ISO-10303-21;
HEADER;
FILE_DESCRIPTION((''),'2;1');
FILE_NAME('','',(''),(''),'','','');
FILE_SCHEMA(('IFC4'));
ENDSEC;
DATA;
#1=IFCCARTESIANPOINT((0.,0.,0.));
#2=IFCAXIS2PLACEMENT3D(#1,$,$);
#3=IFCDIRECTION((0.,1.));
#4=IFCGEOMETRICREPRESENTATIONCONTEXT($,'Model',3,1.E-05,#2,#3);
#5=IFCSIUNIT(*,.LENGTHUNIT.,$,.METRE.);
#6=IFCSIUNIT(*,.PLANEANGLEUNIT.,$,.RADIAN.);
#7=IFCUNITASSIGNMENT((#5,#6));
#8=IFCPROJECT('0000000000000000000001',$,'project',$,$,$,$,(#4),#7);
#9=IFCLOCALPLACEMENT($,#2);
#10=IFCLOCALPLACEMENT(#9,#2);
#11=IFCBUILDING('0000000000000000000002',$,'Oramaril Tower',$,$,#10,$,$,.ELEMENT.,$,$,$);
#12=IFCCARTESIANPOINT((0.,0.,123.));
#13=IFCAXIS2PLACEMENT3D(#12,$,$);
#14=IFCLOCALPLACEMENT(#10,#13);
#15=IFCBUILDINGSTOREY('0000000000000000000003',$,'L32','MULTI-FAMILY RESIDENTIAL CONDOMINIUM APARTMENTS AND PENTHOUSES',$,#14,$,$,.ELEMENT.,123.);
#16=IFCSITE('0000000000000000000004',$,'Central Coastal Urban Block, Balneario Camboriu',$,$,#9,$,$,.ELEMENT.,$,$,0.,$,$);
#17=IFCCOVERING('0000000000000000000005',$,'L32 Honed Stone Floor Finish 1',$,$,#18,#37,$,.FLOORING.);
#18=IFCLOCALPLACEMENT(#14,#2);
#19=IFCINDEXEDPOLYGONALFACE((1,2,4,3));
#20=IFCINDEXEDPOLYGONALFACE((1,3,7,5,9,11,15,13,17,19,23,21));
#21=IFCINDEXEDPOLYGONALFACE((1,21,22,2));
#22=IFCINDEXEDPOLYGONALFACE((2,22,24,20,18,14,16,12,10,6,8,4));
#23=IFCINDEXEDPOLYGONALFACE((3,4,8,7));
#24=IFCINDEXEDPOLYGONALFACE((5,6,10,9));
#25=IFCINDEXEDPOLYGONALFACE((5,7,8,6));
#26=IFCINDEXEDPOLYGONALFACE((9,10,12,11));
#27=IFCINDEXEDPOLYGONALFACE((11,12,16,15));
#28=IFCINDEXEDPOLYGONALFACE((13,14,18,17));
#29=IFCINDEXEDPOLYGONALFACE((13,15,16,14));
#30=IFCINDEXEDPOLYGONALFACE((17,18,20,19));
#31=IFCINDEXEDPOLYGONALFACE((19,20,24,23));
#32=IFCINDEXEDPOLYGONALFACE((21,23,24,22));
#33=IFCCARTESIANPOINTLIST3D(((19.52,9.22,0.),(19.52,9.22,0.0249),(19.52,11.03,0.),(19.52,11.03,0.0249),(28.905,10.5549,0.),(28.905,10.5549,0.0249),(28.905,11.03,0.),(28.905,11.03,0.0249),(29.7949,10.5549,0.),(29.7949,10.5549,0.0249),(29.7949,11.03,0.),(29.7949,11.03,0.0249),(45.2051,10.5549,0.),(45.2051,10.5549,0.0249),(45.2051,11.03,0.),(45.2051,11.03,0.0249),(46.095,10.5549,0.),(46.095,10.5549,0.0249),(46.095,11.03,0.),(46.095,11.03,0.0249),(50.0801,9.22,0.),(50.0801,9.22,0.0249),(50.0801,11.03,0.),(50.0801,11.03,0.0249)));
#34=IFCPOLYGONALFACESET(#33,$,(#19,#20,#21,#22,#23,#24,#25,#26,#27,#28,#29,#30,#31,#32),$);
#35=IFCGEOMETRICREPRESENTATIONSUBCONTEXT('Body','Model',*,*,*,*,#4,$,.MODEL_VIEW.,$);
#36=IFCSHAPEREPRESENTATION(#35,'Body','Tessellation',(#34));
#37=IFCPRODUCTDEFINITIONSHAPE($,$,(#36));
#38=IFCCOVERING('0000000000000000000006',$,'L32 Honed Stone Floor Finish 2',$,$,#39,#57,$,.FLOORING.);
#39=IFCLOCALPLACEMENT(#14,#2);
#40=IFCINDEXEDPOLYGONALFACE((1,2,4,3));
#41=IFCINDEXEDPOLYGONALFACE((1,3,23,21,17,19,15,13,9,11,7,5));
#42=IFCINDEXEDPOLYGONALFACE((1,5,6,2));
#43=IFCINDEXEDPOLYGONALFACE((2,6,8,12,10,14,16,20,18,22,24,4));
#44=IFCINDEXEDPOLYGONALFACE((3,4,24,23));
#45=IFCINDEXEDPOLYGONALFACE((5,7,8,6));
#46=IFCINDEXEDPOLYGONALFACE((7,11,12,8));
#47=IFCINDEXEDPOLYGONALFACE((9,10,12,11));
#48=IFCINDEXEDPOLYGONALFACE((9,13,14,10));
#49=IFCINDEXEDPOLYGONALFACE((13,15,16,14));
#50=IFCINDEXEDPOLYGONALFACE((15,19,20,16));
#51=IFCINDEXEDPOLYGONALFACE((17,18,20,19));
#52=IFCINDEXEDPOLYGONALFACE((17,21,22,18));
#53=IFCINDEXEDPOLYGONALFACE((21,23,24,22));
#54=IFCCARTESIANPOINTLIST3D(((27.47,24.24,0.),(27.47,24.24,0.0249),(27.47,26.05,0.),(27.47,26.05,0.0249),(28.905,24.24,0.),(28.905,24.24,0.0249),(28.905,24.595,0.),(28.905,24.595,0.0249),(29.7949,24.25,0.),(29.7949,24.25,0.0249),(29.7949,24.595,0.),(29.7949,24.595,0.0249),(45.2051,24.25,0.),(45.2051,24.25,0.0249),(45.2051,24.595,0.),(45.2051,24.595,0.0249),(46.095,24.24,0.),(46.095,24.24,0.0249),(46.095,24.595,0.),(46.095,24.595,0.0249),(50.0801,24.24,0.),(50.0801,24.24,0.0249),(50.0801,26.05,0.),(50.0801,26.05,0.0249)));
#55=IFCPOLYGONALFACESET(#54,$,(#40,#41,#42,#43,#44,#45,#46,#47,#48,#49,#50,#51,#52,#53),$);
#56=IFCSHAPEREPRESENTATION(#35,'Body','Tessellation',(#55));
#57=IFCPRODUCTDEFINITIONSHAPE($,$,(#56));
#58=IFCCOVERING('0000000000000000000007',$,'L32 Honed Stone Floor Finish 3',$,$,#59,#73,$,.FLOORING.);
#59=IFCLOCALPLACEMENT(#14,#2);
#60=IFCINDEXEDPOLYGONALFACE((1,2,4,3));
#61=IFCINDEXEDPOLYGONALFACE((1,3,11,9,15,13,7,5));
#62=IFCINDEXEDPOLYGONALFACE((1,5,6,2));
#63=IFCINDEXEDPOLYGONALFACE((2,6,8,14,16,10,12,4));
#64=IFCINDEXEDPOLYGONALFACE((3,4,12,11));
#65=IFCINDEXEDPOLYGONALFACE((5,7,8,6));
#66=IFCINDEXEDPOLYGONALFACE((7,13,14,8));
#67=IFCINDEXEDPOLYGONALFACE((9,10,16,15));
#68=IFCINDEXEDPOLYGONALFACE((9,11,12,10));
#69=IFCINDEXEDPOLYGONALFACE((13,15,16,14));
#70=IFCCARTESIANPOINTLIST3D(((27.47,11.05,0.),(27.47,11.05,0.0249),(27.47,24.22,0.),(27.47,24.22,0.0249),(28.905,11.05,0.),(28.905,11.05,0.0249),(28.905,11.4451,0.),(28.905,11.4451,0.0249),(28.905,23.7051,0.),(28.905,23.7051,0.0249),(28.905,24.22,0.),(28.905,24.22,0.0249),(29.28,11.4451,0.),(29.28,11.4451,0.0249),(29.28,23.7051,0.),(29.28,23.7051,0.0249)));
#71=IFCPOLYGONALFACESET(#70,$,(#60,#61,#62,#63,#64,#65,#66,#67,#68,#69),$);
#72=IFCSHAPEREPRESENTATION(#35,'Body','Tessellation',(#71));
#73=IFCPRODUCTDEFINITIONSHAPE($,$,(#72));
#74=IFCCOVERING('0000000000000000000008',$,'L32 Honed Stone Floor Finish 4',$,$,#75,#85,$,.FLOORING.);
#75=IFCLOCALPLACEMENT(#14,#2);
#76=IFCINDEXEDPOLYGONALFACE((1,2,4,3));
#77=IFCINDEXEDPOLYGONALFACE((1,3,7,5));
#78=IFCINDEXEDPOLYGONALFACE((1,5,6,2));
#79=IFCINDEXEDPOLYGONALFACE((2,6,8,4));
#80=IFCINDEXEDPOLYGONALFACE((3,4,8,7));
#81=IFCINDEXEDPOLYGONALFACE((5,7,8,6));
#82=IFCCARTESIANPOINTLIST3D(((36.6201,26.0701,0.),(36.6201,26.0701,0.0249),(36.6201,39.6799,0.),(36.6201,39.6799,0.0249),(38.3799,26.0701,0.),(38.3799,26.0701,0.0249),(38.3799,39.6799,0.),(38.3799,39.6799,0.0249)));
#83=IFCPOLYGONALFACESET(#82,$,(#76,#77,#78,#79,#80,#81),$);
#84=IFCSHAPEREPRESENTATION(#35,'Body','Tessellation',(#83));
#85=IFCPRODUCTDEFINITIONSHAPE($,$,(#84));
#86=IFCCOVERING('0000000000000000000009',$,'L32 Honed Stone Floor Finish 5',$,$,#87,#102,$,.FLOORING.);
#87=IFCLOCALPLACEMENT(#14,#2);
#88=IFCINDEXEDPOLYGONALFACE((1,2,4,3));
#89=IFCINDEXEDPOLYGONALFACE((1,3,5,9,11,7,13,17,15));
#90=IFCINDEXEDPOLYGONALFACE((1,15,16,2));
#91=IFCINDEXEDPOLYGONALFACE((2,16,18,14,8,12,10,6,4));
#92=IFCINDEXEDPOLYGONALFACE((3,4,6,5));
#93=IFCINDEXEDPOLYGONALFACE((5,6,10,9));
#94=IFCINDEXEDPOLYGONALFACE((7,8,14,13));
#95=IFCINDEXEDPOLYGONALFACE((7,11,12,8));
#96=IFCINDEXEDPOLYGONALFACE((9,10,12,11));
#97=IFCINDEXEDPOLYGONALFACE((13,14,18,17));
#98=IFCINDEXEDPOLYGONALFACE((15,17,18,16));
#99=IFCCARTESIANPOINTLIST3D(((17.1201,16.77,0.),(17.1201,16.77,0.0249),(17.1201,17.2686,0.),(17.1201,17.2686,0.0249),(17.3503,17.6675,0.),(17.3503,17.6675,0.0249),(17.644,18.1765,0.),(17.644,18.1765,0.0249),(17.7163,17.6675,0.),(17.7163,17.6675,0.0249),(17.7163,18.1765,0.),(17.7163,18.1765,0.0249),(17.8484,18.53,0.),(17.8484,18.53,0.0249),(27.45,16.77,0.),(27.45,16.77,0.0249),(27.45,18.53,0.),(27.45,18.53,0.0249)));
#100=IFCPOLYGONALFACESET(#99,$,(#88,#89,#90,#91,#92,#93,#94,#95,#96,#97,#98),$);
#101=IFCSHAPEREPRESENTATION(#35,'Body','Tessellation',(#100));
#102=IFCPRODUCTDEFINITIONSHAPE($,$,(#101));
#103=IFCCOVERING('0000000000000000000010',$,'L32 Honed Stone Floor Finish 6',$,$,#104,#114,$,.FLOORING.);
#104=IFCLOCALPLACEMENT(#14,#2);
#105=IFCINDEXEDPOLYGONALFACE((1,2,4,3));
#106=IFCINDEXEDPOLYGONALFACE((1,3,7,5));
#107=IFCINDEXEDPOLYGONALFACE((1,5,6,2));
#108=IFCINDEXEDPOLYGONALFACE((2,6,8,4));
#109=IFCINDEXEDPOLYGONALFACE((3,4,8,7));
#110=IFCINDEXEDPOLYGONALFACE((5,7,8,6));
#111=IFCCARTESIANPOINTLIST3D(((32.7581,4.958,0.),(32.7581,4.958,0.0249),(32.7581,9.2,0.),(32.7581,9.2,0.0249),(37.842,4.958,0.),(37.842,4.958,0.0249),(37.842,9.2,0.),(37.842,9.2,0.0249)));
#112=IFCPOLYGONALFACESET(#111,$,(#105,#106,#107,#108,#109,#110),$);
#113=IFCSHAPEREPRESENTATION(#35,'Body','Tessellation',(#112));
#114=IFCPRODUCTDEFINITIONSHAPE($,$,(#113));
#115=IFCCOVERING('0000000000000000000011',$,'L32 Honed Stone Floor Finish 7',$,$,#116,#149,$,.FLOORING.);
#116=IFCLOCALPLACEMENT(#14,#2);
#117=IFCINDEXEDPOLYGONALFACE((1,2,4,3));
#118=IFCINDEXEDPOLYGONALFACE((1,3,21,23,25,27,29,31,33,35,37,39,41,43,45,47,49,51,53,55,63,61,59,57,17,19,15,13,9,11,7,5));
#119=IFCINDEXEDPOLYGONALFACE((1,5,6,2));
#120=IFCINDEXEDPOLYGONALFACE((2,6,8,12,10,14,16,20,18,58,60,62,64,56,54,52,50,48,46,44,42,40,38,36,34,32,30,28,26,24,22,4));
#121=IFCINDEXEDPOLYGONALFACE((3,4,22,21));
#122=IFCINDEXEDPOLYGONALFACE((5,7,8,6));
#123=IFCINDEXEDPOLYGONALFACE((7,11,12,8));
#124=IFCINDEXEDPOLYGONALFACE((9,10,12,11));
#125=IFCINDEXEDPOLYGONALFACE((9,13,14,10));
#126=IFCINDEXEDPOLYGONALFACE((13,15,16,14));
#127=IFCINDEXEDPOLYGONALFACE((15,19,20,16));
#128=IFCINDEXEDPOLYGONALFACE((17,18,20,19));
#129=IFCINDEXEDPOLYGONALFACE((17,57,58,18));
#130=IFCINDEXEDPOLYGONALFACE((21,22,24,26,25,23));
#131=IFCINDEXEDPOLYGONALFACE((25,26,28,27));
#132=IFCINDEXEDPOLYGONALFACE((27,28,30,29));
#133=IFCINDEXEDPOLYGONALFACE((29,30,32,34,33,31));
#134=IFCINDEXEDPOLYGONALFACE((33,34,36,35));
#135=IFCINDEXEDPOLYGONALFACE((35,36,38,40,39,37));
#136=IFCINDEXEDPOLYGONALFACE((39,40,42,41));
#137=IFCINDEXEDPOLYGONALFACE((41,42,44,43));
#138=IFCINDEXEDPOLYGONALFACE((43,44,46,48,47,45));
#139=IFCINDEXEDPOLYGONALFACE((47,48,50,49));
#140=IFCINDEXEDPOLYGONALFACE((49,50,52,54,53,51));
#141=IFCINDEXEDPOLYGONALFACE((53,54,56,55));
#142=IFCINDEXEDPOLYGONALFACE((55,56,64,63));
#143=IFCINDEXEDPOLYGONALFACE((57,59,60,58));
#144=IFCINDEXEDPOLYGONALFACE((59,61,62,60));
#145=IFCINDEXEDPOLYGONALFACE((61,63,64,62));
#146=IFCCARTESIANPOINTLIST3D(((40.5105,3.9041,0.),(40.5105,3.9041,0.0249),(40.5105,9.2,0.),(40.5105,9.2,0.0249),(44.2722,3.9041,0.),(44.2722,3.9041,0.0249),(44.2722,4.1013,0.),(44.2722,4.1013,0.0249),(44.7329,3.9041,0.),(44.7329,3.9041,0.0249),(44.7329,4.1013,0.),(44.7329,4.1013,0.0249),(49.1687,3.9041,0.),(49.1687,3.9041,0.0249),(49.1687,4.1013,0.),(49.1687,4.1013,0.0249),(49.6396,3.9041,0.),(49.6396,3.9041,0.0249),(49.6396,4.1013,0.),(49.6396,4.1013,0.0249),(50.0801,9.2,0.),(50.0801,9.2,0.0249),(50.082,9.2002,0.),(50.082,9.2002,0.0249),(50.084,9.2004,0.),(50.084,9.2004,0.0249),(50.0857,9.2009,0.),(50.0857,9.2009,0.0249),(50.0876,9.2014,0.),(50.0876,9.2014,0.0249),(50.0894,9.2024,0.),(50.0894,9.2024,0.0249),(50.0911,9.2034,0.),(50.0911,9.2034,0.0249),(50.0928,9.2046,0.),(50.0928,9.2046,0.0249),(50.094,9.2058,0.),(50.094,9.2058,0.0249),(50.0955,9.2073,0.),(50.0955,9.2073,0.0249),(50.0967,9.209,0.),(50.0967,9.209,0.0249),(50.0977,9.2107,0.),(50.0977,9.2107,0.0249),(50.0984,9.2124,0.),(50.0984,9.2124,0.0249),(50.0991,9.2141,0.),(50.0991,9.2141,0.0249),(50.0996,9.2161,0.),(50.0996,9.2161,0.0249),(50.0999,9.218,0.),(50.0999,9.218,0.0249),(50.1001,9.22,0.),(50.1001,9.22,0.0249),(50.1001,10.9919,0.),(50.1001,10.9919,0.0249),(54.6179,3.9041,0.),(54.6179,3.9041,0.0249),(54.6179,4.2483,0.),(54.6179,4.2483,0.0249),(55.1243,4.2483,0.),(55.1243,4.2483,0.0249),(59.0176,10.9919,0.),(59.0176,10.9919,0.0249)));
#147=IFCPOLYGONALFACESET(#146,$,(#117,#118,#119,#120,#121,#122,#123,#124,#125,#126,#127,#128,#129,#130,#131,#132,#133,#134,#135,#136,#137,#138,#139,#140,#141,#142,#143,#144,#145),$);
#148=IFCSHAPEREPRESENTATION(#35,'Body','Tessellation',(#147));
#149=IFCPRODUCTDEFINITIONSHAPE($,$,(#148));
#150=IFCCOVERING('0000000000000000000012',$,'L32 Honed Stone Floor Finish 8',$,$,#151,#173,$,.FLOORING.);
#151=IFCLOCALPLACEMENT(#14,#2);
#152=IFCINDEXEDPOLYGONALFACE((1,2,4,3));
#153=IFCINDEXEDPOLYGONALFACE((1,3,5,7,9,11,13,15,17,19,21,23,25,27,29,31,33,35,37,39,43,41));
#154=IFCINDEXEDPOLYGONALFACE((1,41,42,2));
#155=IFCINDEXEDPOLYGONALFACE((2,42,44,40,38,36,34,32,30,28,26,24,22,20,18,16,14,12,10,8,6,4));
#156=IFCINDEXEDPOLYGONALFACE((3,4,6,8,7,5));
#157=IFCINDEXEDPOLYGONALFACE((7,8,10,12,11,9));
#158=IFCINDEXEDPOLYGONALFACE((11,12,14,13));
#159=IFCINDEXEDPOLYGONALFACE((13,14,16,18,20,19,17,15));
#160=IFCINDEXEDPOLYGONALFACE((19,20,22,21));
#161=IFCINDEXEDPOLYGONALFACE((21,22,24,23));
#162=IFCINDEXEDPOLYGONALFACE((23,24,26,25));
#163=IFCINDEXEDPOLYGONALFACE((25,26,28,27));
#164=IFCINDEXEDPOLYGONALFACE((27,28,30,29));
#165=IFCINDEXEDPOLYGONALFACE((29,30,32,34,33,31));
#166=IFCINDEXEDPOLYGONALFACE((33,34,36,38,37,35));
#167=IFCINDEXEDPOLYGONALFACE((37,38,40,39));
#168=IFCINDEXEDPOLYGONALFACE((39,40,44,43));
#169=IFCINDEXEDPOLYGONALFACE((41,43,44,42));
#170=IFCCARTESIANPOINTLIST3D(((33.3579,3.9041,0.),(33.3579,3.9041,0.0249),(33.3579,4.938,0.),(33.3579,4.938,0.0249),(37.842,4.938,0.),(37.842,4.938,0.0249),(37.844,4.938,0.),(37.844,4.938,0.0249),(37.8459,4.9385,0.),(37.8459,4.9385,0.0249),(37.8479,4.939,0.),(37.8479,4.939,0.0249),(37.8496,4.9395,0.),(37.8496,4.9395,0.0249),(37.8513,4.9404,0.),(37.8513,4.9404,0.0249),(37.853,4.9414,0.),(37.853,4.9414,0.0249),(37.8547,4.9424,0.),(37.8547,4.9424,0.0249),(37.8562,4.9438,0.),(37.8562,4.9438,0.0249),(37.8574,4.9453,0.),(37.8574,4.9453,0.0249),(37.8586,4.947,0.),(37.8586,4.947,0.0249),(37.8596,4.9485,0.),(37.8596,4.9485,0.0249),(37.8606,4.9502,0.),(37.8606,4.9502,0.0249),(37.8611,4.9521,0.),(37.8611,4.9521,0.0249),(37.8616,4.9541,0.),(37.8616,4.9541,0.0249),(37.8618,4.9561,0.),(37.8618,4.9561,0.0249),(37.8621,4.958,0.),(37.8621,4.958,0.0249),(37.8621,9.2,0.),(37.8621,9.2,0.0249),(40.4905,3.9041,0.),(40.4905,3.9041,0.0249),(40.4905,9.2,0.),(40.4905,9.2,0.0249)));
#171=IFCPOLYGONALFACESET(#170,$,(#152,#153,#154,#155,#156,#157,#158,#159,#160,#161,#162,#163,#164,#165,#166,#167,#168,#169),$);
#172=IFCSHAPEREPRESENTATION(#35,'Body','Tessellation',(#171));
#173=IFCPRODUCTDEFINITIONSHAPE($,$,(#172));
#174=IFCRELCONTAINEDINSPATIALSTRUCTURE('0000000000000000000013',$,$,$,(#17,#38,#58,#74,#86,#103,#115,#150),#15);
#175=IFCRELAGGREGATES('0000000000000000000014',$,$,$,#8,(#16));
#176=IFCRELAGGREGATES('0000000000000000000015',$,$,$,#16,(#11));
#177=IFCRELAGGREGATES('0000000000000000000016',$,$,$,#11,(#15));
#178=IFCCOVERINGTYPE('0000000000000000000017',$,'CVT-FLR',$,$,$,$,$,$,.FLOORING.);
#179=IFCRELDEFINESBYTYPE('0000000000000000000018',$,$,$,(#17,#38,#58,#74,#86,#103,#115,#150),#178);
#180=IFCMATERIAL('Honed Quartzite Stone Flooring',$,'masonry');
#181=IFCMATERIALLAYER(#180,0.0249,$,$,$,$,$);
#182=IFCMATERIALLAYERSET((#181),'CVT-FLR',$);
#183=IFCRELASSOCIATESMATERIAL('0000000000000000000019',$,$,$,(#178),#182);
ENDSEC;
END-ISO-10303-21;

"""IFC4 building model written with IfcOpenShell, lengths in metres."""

from ifc_helpers import new_model, si_unit, direction, frame, origin, place, context, subcontext, project, spatial, polyline, outline, extrude, material, layer, layer_set, type_object, element, save


model = new_model("IFC4")

# Units and contexts
model_context = context("Model", 3, precision=1e-05, world=origin(), true_north=direction((0.0, 1.0)))
body_context = subcontext(model_context, "Body", "Model", "MODEL_VIEW")
ifc_project = project(units=[si_unit("LENGTHUNIT", "METRE"), si_unit("PLANEANGLEUNIT", "RADIAN")], contexts=[model_context])

# Site, building, storey
site_placement = place(None, origin())
site = spatial("IfcSite", under=ifc_project, at=site_placement, Name="Central Coastal Urban Block, Balneario Camboriu", CompositionType="ELEMENT", RefElevation=0.0)
building_placement = place(site_placement, origin())
building = spatial("IfcBuilding", under=site, at=building_placement, Name="Oramaril Tower", CompositionType="ELEMENT")
storey_placement = place(building_placement, frame((0.0, 0.0, 123.0)))
storey = spatial("IfcBuildingStorey", under=building, at=storey_placement, Name="L32", Description="MULTI-FAMILY RESIDENTIAL CONDOMINIUM APARTMENTS AND PENTHOUSES", CompositionType="ELEMENT", Elevation=123.0)

# Coverings
ifc_material_1 = material(Name="Honed Quartzite Stone Flooring", Category="masonry")
ifc_layer_1 = layer(ifc_material_1, 0.0249)
ifc_layer_set_1 = layer_set([ifc_layer_1], Name="CVT-FLR")
covering_type_1 = type_object("IfcCoveringType", Name="CVT-FLR", PredefinedType="FLOORING", material=ifc_layer_set_1)
covering_1_placement = place(storey_placement, origin())
element("IfcCovering", 1, at=covering_1_placement, inside=storey, type_object=covering_type_1, Name="L32 Honed Stone Floor Finish 1", PredefinedType="FLOORING", context=body_context, shape_type="SweptSolid", body=[
    extrude(outline(polyline([(28.905, 10.5549), (29.7949, 10.5549), (29.7949, 11.03), (45.2051, 11.03), (45.2051, 10.5549), (46.095, 10.5549), (46.095, 11.03), (50.0801, 11.03), (50.0801, 9.22), (19.52, 9.22), (19.52, 11.03), (28.905, 11.03), (28.905, 10.5549)])), origin(), (0.0, 0.0, 1.0), 0.0249),
])
covering_2_placement = place(storey_placement, origin())
element("IfcCovering", 2, at=covering_2_placement, inside=storey, type_object=covering_type_1, Name="L32 Honed Stone Floor Finish 2", PredefinedType="FLOORING", context=body_context, shape_type="SweptSolid", body=[
    extrude(outline(polyline([(50.0801, 24.24), (46.095, 24.24), (46.095, 24.595), (45.2051, 24.595), (45.2051, 24.25), (29.7949, 24.25), (29.7949, 24.595), (28.905, 24.595), (28.905, 24.24), (27.47, 24.24), (27.47, 26.05), (50.0801, 26.05), (50.0801, 24.24)])), origin(), (0.0, 0.0, 1.0), 0.0249),
])
covering_3_placement = place(storey_placement, origin())
element("IfcCovering", 3, at=covering_3_placement, inside=storey, type_object=covering_type_1, Name="L32 Honed Stone Floor Finish 3", PredefinedType="FLOORING", context=body_context, shape_type="SweptSolid", body=[
    extrude(outline(polyline([(28.905, 23.7051), (29.28, 23.7051), (29.28, 11.4451), (28.905, 11.4451), (28.905, 11.05), (27.47, 11.05), (27.47, 24.22), (28.905, 24.22), (28.905, 23.7051)])), origin(), (0.0, 0.0, 1.0), 0.0249),
])
covering_4_placement = place(storey_placement, origin())
element("IfcCovering", 4, at=covering_4_placement, inside=storey, type_object=covering_type_1, Name="L32 Honed Stone Floor Finish 4", PredefinedType="FLOORING", context=body_context, shape_type="SweptSolid", body=[
    extrude(outline(polyline([(38.3799, 26.0701), (36.6201, 26.0701), (36.6201, 39.6799), (38.3799, 39.6799), (38.3799, 26.0701)])), origin(), (0.0, 0.0, 1.0), 0.0249),
])
covering_5_placement = place(storey_placement, origin())
element("IfcCovering", 5, at=covering_5_placement, inside=storey, type_object=covering_type_1, Name="L32 Honed Stone Floor Finish 5", PredefinedType="FLOORING", context=body_context, shape_type="SweptSolid", body=[
    extrude(outline(polyline([(17.1201, 16.77), (17.1201, 17.2686), (17.3503, 17.6675), (17.7163, 17.6675), (17.7163, 18.1765), (17.644, 18.1765), (17.8484, 18.53), (27.45, 18.53), (27.45, 16.77), (17.1201, 16.77)])), origin(), (0.0, 0.0, 1.0), 0.0249),
])
covering_6_placement = place(storey_placement, origin())
element("IfcCovering", 6, at=covering_6_placement, inside=storey, type_object=covering_type_1, Name="L32 Honed Stone Floor Finish 6", PredefinedType="FLOORING", context=body_context, shape_type="SweptSolid", body=[
    extrude(outline(polyline([(32.7581, 4.958), (32.7581, 9.2), (37.842, 9.2), (37.842, 4.958), (32.7581, 4.958)])), origin(), (0.0, 0.0, 1.0), 0.0249),
])
covering_7_placement = place(storey_placement, origin())
element("IfcCovering", 7, at=covering_7_placement, inside=storey, type_object=covering_type_1, Name="L32 Honed Stone Floor Finish 7", PredefinedType="FLOORING", context=body_context, shape_type="SweptSolid", body=[
    extrude(outline(polyline([(55.1243, 4.2483), (54.6179, 4.2483), (54.6179, 3.9041), (49.6396, 3.9041), (49.6396, 4.1013), (49.1687, 4.1013), (49.1687, 3.9041), (44.7329, 3.9041), (44.7329, 4.1013), (44.2722, 4.1013), (44.2722, 3.9041), (40.5105, 3.9041), (40.5105, 9.2), (50.0801, 9.2), (50.082, 9.2002), (50.084, 9.2004), (50.0857, 9.2009), (50.0876, 9.2014), (50.0894, 9.2024), (50.0911, 9.2034), (50.0928, 9.2046), (50.094, 9.2058), (50.0955, 9.2073), (50.0967, 9.209), (50.0977, 9.2107), (50.0984, 9.2124), (50.0991, 9.2141), (50.0996, 9.2161), (50.0999, 9.218), (50.1001, 9.22), (50.1001, 10.9919), (59.0176, 10.9919), (55.1243, 4.2483)])), origin(), (0.0, 0.0, 1.0), 0.0249),
])
covering_8_placement = place(storey_placement, origin())
element("IfcCovering", 8, at=covering_8_placement, inside=storey, type_object=covering_type_1, Name="L32 Honed Stone Floor Finish 8", PredefinedType="FLOORING", context=body_context, shape_type="SweptSolid", body=[
    extrude(outline(polyline([(33.3579, 3.9041), (33.3579, 4.938), (37.842, 4.938), (37.844, 4.938), (37.8459, 4.9385), (37.8479, 4.939), (37.8496, 4.9395), (37.8513, 4.9404), (37.853, 4.9414), (37.8547, 4.9424), (37.8562, 4.9438), (37.8574, 4.9453), (37.8586, 4.947), (37.8596, 4.9485), (37.8606, 4.9502), (37.8611, 4.9521), (37.8616, 4.9541), (37.8618, 4.9561), (37.8621, 4.958), (37.8621, 9.2), (40.4905, 9.2), (40.4905, 3.9041), (33.3579, 3.9041)])), origin(), (0.0, 0.0, 1.0), 0.0249),
])

save(model, "model.ifc")
